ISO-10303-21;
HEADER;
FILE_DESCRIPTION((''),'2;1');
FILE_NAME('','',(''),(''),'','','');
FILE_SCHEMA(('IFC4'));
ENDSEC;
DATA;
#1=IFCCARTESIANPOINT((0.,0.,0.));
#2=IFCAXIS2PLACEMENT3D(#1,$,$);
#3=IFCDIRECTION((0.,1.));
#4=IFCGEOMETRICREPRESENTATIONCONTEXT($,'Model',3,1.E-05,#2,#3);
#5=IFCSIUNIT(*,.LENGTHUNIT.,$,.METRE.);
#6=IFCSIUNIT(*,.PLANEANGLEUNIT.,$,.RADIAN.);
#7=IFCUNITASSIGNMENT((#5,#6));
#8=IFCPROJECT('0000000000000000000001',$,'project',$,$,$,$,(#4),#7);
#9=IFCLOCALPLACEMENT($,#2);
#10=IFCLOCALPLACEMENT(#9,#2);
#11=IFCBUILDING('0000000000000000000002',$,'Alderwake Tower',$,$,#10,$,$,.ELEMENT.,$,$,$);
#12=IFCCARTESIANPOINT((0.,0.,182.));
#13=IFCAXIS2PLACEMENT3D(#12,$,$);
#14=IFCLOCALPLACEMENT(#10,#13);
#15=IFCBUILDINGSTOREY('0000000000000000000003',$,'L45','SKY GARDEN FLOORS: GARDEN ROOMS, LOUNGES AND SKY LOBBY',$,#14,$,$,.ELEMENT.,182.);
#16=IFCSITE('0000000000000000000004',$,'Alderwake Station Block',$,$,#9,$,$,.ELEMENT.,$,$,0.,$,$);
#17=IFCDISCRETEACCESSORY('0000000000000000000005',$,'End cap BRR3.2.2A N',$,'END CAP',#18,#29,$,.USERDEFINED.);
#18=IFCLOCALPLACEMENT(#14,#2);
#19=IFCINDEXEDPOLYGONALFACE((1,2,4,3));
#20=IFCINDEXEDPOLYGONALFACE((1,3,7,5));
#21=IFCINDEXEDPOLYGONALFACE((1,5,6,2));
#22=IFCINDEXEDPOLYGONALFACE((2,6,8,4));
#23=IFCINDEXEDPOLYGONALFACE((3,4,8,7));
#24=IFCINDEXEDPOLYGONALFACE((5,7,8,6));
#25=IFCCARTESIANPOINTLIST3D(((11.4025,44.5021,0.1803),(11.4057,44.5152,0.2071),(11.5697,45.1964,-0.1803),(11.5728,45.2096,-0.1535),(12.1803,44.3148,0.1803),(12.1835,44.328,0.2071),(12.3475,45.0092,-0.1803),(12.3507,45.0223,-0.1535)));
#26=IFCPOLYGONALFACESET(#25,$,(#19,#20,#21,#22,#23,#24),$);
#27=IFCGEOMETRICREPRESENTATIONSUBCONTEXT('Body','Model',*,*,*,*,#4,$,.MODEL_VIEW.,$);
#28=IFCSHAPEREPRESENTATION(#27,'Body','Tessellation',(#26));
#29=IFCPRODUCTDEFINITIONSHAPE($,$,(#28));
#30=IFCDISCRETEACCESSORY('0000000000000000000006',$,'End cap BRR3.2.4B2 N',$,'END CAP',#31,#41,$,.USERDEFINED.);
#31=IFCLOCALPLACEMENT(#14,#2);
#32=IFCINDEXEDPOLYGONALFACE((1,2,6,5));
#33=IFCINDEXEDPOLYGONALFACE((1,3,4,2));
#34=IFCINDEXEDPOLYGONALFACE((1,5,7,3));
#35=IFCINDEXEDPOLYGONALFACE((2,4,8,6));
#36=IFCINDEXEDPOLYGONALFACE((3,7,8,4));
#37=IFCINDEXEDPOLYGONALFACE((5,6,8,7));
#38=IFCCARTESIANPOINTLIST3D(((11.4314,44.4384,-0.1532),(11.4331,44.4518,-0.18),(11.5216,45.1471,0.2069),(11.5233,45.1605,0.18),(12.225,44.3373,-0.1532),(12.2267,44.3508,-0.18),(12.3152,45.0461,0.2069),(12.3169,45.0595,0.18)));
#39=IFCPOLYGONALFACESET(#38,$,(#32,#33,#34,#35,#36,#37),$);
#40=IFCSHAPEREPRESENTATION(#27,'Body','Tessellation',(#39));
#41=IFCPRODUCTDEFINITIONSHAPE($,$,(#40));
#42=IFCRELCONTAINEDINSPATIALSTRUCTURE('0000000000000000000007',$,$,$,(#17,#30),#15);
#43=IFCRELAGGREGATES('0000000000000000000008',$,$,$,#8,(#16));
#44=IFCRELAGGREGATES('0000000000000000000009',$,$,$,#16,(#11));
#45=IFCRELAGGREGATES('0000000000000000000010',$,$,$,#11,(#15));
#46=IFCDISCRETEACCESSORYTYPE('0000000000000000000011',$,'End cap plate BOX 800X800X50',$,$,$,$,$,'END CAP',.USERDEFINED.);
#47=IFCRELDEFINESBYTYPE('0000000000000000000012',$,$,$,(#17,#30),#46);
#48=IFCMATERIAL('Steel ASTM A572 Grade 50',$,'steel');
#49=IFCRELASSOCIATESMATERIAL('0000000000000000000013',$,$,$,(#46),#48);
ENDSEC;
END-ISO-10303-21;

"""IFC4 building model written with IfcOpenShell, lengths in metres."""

from ifc_helpers import new_model, si_unit, direction, frame, origin, origin_2d, place, context, subcontext, project, spatial, rectangle, extrude, material, material_profile, profile_set, type_object, element, save


model = new_model("IFC4")

# Units and contexts
model_context = context("Model", 3, precision=1e-05, world=origin(), true_north=direction((0.0, 1.0)))
body_context = subcontext(model_context, "Body", "Model", "MODEL_VIEW")
ifc_project = project(units=[si_unit("LENGTHUNIT", "METRE"), si_unit("PLANEANGLEUNIT", "RADIAN")], contexts=[model_context])

# Site, building, storey
site_placement = place(None, origin())
site = spatial("IfcSite", under=ifc_project, at=site_placement, Name="Alderwake Station Block", CompositionType="ELEMENT", RefElevation=0.0)
building_placement = place(site_placement, origin())
building = spatial("IfcBuilding", under=site, at=building_placement, Name="Alderwake Tower", CompositionType="ELEMENT")
storey_placement = place(building_placement, frame((0.0, 0.0, 182.0)))
storey = spatial("IfcBuildingStorey", under=building, at=storey_placement, Name="L45", Description="SKY GARDEN FLOORS: GARDEN ROOMS, LOUNGES AND SKY LOBBY", CompositionType="ELEMENT", Elevation=182.0)

# Discrete accessories
ifc_material_1 = material(Name="Steel ASTM A572 Grade 50", Category="steel")
ifc_material_profile_1 = material_profile(ifc_material_1, rectangle(XDim=0.8, YDim=0.8, at=origin_2d()), Name="BOX 800X800X50 cap")
ifc_profile_set_1 = profile_set([ifc_material_profile_1], Name="Steel ASTM A572 Grade 50")
discrete_accessory_type_1 = type_object("IfcDiscreteAccessoryType", Name="End cap plate BOX 800X800X50", ElementType="END CAP", PredefinedType="USERDEFINED", material=ifc_profile_set_1)
for number, where, z_axis, x_axis, name in (
    (1, (11.875, 44.7556, 0.0), (0.105496, 0.438214, 0.892658), (-0.972224, 0.234054, 0.0), "End cap BRR3.2.2A N"),
    (2, (11.875, 44.7556, 0.0), (-0.056826, -0.446491, 0.892982), (0.991998, -0.126254, 0.0), "End cap BRR3.2.4B2 N"),
):
    element("IfcDiscreteAccessory", number, at=place(storey_placement, frame(where, z_axis=z_axis, x_axis=x_axis)), inside=storey, type_object=discrete_accessory_type_1, Name=name, ObjectType="END CAP", PredefinedType="USERDEFINED", context=body_context, shape_type="SweptSolid", body=[
        extrude(rectangle(XDim=0.8, YDim=0.8, at=origin_2d()), origin(), (0.0, 0.0, 1.0), 0.03),
    ])

save(model, "model.ifc")
